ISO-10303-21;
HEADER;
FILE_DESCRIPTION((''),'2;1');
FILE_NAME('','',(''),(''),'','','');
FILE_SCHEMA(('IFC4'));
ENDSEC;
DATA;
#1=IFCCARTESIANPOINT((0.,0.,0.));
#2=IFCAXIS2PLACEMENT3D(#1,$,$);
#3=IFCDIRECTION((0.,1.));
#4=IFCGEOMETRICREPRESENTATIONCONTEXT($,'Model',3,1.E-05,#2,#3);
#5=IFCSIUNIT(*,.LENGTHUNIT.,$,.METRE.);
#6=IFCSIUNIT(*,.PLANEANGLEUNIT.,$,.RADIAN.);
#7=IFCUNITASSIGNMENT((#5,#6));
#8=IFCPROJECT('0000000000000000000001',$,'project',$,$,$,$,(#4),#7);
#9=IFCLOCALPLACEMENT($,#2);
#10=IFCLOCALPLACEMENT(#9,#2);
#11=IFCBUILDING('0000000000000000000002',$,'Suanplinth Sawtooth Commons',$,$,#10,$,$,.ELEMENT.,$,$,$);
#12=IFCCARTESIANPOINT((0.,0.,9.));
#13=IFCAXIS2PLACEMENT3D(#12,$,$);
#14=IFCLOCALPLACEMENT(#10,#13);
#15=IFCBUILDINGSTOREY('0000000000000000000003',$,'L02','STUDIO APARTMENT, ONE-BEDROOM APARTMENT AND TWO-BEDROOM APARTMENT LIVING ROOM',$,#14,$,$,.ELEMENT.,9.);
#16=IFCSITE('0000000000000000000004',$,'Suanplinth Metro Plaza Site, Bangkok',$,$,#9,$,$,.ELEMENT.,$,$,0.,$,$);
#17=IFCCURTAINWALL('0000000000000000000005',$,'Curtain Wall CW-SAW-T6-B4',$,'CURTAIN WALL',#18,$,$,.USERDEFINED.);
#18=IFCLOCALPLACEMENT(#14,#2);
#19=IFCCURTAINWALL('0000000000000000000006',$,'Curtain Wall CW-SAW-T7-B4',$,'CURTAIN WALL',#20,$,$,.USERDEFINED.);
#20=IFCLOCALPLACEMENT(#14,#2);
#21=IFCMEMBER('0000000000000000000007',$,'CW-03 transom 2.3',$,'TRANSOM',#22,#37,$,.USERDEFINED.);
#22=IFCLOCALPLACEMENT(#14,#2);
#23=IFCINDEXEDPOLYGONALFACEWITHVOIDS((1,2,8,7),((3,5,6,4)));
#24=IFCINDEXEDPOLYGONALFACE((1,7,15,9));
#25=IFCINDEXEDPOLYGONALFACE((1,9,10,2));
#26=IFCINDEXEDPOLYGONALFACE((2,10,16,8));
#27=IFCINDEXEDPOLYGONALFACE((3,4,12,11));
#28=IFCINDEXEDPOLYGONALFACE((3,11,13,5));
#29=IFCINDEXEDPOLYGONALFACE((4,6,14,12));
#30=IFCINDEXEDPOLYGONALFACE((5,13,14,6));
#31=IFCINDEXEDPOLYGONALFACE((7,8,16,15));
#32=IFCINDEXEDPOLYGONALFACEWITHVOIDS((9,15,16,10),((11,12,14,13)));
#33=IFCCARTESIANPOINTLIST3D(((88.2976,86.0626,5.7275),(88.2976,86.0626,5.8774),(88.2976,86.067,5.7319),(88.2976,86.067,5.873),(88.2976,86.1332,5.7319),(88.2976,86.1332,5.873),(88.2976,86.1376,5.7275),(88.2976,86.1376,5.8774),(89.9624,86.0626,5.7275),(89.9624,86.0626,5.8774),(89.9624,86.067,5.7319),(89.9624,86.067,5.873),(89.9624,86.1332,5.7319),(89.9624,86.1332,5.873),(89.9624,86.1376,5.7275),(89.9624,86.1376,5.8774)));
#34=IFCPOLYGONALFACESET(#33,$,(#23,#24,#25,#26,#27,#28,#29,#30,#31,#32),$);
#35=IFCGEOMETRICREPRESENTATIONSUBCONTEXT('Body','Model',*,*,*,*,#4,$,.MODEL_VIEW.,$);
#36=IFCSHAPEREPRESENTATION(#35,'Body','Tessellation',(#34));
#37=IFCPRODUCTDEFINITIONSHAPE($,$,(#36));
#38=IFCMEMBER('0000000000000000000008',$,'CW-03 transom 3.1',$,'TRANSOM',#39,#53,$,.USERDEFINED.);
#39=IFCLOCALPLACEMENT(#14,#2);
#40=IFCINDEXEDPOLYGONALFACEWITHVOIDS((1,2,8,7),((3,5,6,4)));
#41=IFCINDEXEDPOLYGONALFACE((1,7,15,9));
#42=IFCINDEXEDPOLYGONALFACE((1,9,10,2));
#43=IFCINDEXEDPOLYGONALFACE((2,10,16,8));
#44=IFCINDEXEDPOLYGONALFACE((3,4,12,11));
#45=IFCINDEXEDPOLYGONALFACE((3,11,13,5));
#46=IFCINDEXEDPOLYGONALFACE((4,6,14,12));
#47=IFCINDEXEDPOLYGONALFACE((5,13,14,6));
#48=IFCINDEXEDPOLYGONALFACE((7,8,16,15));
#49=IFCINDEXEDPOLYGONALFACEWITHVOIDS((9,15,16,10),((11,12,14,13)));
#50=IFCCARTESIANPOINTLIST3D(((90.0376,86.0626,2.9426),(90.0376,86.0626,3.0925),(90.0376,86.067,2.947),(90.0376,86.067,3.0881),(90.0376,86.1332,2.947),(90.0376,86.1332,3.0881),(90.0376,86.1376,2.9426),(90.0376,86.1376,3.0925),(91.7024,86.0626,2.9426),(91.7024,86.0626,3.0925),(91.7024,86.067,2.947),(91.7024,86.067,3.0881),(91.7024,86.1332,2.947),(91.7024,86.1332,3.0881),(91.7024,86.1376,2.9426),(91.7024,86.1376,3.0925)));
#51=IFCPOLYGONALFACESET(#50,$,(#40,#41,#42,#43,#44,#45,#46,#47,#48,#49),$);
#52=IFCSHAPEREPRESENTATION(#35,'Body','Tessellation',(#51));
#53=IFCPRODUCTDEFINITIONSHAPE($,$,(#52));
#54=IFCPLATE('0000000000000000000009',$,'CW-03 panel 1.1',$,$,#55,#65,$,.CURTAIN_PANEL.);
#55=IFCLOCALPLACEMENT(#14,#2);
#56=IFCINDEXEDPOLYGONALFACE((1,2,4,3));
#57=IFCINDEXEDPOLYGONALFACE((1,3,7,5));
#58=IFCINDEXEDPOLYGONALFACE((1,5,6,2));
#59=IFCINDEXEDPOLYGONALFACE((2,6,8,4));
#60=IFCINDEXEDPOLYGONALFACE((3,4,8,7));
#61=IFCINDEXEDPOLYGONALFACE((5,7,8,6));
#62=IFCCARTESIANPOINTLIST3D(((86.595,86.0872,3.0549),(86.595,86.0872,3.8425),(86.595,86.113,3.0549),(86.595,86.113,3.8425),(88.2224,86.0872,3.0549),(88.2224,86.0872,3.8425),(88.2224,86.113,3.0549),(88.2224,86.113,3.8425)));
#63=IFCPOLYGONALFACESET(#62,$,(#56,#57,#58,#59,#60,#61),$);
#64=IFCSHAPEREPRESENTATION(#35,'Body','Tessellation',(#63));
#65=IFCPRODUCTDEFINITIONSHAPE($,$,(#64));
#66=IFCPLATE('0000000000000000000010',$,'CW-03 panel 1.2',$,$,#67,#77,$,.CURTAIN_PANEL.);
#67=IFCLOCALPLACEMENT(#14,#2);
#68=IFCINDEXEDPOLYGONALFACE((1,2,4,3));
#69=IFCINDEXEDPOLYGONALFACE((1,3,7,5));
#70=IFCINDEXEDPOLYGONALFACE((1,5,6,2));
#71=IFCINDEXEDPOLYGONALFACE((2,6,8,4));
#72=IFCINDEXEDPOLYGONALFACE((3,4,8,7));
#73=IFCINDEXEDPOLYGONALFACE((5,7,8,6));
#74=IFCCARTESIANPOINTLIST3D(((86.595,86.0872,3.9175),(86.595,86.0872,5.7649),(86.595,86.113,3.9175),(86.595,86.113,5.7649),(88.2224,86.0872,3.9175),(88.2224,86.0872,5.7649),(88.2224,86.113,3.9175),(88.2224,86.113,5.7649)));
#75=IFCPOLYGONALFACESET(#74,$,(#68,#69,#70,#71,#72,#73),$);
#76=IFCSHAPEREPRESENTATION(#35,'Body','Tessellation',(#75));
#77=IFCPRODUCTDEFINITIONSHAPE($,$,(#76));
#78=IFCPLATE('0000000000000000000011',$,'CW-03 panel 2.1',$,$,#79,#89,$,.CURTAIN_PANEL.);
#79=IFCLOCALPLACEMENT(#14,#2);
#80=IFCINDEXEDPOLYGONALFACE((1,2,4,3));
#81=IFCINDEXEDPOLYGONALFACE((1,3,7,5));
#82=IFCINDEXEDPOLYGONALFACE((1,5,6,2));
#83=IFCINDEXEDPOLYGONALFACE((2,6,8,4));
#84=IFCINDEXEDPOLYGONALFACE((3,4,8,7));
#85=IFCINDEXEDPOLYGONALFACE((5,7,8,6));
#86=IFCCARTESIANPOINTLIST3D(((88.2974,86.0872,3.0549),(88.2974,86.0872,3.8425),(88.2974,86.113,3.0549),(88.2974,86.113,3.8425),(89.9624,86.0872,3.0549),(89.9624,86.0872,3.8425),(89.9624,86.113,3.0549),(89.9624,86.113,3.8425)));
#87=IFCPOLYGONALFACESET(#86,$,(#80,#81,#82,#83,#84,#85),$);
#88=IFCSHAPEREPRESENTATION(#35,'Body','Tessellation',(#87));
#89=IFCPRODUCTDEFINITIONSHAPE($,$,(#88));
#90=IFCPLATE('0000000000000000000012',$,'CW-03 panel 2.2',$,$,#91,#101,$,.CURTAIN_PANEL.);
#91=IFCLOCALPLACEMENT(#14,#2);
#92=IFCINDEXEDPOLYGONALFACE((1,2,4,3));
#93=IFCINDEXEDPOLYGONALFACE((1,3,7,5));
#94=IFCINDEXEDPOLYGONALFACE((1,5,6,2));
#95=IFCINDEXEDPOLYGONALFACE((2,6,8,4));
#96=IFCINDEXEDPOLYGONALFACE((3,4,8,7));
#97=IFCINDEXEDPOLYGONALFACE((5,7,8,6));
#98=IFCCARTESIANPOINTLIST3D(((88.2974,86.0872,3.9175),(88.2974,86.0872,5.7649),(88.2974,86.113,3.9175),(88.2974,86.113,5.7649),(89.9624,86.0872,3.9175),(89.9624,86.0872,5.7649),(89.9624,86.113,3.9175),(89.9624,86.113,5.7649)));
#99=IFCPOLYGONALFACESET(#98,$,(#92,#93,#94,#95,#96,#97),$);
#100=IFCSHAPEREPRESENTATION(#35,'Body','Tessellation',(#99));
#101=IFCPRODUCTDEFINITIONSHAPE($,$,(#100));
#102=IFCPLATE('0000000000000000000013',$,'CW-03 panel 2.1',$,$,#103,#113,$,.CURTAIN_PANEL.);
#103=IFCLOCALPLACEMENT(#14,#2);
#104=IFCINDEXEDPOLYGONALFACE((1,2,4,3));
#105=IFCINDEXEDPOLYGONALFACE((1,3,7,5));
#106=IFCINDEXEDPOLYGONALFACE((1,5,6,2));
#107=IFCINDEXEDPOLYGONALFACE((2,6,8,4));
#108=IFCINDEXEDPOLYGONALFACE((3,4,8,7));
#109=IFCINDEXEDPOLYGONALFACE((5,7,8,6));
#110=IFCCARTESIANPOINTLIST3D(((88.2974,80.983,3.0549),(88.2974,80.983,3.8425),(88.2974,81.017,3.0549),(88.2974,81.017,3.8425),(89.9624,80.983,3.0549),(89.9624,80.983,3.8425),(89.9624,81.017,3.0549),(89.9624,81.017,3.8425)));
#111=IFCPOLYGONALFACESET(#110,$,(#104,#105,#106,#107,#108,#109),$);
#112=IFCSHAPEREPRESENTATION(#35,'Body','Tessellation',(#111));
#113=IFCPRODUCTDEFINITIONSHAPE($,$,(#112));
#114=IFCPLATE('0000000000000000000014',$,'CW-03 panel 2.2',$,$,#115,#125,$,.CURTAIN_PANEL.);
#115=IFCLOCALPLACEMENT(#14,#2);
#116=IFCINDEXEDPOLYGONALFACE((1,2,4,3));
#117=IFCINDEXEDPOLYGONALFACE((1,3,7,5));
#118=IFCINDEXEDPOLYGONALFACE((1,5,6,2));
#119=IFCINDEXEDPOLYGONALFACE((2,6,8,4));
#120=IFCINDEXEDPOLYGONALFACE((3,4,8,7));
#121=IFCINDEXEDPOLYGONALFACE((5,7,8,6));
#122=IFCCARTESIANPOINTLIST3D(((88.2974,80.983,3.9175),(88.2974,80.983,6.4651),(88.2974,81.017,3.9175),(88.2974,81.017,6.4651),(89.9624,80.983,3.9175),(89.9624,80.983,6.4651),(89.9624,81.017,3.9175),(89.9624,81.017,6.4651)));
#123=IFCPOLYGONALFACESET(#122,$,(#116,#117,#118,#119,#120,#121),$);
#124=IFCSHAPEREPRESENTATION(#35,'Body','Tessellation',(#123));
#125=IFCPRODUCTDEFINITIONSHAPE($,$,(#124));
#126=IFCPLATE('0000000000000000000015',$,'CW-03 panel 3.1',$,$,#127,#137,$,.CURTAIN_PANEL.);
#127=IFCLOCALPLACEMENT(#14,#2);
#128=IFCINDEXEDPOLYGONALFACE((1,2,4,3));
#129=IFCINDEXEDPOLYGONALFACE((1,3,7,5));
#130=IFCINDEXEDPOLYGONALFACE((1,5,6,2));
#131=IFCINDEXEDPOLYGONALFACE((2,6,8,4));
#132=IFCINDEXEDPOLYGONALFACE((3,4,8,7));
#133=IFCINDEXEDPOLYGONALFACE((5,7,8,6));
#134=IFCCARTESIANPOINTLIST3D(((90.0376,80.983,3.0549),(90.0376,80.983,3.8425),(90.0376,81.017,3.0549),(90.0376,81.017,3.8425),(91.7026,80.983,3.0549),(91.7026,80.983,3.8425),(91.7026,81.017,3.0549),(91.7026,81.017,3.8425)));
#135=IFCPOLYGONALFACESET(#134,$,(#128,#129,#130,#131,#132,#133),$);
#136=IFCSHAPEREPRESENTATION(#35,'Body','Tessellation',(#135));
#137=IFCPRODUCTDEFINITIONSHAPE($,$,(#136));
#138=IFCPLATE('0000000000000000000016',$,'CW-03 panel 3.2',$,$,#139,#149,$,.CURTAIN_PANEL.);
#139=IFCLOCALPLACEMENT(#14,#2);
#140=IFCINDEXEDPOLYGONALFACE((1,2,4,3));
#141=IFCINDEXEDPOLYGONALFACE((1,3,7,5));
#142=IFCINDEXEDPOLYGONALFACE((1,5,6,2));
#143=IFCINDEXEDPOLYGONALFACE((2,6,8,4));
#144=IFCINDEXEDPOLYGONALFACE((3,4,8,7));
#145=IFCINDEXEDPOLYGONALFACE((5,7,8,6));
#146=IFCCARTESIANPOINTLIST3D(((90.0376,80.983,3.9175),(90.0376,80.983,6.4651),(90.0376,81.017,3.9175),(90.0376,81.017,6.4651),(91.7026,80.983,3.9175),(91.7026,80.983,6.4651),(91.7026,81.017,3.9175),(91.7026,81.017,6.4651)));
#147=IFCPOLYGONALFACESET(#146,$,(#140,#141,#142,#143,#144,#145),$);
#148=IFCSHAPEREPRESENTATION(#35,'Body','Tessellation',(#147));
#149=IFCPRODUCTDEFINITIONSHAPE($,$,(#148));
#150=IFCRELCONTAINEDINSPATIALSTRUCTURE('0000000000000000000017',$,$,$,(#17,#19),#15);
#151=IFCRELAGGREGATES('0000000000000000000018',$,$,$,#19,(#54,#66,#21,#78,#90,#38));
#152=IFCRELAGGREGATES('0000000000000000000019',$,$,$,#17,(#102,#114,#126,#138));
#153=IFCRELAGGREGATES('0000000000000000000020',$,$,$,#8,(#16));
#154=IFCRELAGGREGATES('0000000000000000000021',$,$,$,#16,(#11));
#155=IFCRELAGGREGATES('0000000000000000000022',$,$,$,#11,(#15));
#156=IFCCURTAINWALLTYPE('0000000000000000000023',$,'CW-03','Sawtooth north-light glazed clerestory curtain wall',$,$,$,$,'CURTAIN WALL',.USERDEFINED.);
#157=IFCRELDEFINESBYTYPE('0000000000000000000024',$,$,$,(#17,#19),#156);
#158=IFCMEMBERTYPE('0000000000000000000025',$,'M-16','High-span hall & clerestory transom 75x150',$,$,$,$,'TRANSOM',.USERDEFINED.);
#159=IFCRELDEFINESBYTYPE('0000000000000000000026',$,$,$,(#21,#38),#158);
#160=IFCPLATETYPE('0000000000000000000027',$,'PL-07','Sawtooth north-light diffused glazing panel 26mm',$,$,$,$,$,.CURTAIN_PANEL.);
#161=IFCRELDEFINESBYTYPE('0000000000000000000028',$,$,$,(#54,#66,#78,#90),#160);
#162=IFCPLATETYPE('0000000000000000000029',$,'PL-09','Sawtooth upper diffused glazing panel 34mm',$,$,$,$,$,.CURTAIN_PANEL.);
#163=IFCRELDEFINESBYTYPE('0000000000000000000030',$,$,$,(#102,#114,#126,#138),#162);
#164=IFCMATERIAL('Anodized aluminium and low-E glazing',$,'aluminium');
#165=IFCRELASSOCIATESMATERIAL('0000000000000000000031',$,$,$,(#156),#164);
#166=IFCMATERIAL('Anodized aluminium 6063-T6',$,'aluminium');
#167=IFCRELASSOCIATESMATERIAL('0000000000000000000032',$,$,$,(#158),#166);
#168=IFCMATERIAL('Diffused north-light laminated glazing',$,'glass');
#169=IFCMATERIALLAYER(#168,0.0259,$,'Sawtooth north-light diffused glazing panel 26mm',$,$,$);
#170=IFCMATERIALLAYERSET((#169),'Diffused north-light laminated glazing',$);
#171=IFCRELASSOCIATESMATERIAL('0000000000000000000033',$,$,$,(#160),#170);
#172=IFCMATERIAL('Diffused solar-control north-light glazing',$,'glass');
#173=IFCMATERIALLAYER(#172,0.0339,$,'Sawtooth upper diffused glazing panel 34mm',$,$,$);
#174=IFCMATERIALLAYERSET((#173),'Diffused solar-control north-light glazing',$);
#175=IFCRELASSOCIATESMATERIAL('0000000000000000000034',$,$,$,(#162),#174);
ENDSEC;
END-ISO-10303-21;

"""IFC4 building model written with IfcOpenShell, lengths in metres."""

from ifc_helpers import new_model, si_unit, direction, frame, origin, origin_2d, place, context, subcontext, project, spatial, rectangle, hollow_rectangle, extrude, material, layer, layer_set, material_profile, profile_set, type_object, element, aggregate, save


model = new_model("IFC4")

# Units and contexts
model_context = context("Model", 3, precision=1e-05, world=origin(), true_north=direction((0.0, 1.0)))
body_context = subcontext(model_context, "Body", "Model", "MODEL_VIEW")
ifc_project = project(units=[si_unit("LENGTHUNIT", "METRE"), si_unit("PLANEANGLEUNIT", "RADIAN")], contexts=[model_context])

# Site, building, storey
site_placement = place(None, origin())
site = spatial("IfcSite", under=ifc_project, at=site_placement, Name="Suanplinth Metro Plaza Site, Bangkok", CompositionType="ELEMENT", RefElevation=0.0)
building_placement = place(site_placement, origin())
building = spatial("IfcBuilding", under=site, at=building_placement, Name="Suanplinth Sawtooth Commons", CompositionType="ELEMENT")
storey_placement = place(building_placement, frame((0.0, 0.0, 9.0)))
storey = spatial("IfcBuildingStorey", under=building, at=storey_placement, Name="L02", Description="STUDIO APARTMENT, ONE-BEDROOM APARTMENT AND TWO-BEDROOM APARTMENT LIVING ROOM", CompositionType="ELEMENT", Elevation=9.0)

# Curtain walls
ifc_material_1 = material(Name="Anodized aluminium and low-E glazing", Category="aluminium")
curtain_wall_type = type_object("IfcCurtainWallType", Name="CW-03", Description="Sawtooth north-light glazed clerestory curtain wall", ElementType="CURTAIN WALL", PredefinedType="USERDEFINED", material=ifc_material_1)
curtain_wall_1_placement = place(storey_placement, origin())
curtain_wall_1 = element("IfcCurtainWall", 1, at=curtain_wall_1_placement, inside=storey, type_object=curtain_wall_type, Name="Curtain Wall CW-SAW-T6-B4", ObjectType="CURTAIN WALL", PredefinedType="USERDEFINED")
ifc_material_2 = material(Name="Anodized aluminium 6063-T6", Category="aluminium")
curtain_wall_2_placement = place(storey_placement, origin())
curtain_wall_2 = element("IfcCurtainWall", 2, at=curtain_wall_2_placement, inside=storey, type_object=curtain_wall_type, Name="Curtain Wall CW-SAW-T7-B4", ObjectType="CURTAIN WALL", PredefinedType="USERDEFINED")

# Members
ifc_material_profile_1 = material_profile(ifc_material_2, hollow_rectangle(XDim=0.075, YDim=0.1499, WallThickness=0.0044, at=origin_2d()), Name="ALU-TRN 75x150")
ifc_profile_set_1 = profile_set([ifc_material_profile_1], Name="Anodized aluminium 6063-T6")
member_type_1 = type_object("IfcMemberType", Name="M-16", Description="High-span hall & clerestory transom 75x150", ElementType="TRANSOM", PredefinedType="USERDEFINED", material=ifc_profile_set_1)
member_1_placement = place(storey_placement, frame((88.2976, 86.1001, 5.8025), z_axis=(1.0, 0.0, 0.0), x_axis=(0.0, 1.0, 0.0)))
member_1 = element("IfcMember", 3, at=member_1_placement, type_object=member_type_1, Name="CW-03 transom 2.3", ObjectType="TRANSOM", PredefinedType="USERDEFINED", context=body_context, shape_type="SweptSolid", body=[
    extrude(hollow_rectangle(XDim=0.075, YDim=0.1499, WallThickness=0.0044, at=origin_2d()), origin(), (0.0, 0.0, 1.0), 1.6648),
])
member_2_placement = place(storey_placement, frame((90.0376, 86.1001, 3.0176), z_axis=(1.0, 0.0, 0.0), x_axis=(0.0, 1.0, 0.0)))
member_2 = element("IfcMember", 4, at=member_2_placement, type_object=member_type_1, Name="CW-03 transom 3.1", ObjectType="TRANSOM", PredefinedType="USERDEFINED", context=body_context, shape_type="SweptSolid", body=[
    extrude(hollow_rectangle(XDim=0.075, YDim=0.1499, WallThickness=0.0044, at=origin_2d()), origin(), (0.0, 0.0, 1.0), 1.6648),
])

# Plates
ifc_material_3 = material(Name="Diffused north-light laminated glazing", Category="glass")
ifc_layer_1 = layer(ifc_material_3, 0.0259, Name="Sawtooth north-light diffused glazing panel 26mm")
ifc_layer_set_1 = layer_set([ifc_layer_1], Name="Diffused north-light laminated glazing")
plate_type_1 = type_object("IfcPlateType", Name="PL-07", Description="Sawtooth north-light diffused glazing panel 26mm", PredefinedType="CURTAIN_PANEL", material=ifc_layer_set_1)
plate_1_placement = place(storey_placement, frame((87.4087, 86.1001, 3.0549), z_axis=(0.0, 0.0, 1.0), x_axis=(1.0, 0.0, 0.0)))
plate_1 = element("IfcPlate", 5, at=plate_1_placement, type_object=plate_type_1, Name="CW-03 panel 1.1", PredefinedType="CURTAIN_PANEL", context=body_context, shape_type="SweptSolid", body=[
    extrude(rectangle(XDim=1.6274, YDim=0.0259, at=origin_2d()), origin(), (0.0, 0.0, 1.0), 0.7876),
])
plate_2_placement = place(storey_placement, frame((87.4087, 86.1001, 3.9175), z_axis=(0.0, 0.0, 1.0), x_axis=(1.0, 0.0, 0.0)))
plate_2 = element("IfcPlate", 6, at=plate_2_placement, type_object=plate_type_1, Name="CW-03 panel 1.2", PredefinedType="CURTAIN_PANEL", context=body_context, shape_type="SweptSolid", body=[
    extrude(rectangle(XDim=1.6274, YDim=0.0259, at=origin_2d()), origin(), (0.0, 0.0, 1.0), 1.8474),
])
plate_3_placement = place(storey_placement, frame((89.1299, 86.1001, 3.0549), z_axis=(0.0, 0.0, 1.0), x_axis=(1.0, 0.0, 0.0)))
plate_3 = element("IfcPlate", 7, at=plate_3_placement, type_object=plate_type_1, Name="CW-03 panel 2.1", PredefinedType="CURTAIN_PANEL", context=body_context, shape_type="SweptSolid", body=[
    extrude(rectangle(XDim=1.665, YDim=0.0259, at=origin_2d()), origin(), (0.0, 0.0, 1.0), 0.7876),
])
plate_4_placement = place(storey_placement, frame((89.1299, 86.1001, 3.9175), z_axis=(0.0, 0.0, 1.0), x_axis=(1.0, 0.0, 0.0)))
plate_4 = element("IfcPlate", 8, at=plate_4_placement, type_object=plate_type_1, Name="CW-03 panel 2.2", PredefinedType="CURTAIN_PANEL", context=body_context, shape_type="SweptSolid", body=[
    extrude(rectangle(XDim=1.665, YDim=0.0259, at=origin_2d()), origin(), (0.0, 0.0, 1.0), 1.8474),
])
aggregate(curtain_wall_2, [plate_1, plate_2, member_1, plate_3, plate_4, member_2])
ifc_material_4 = material(Name="Diffused solar-control north-light glazing", Category="glass")
ifc_layer_2 = layer(ifc_material_4, 0.0339, Name="Sawtooth upper diffused glazing panel 34mm")
ifc_layer_set_2 = layer_set([ifc_layer_2], Name="Diffused solar-control north-light glazing")
plate_type_2 = type_object("IfcPlateType", Name="PL-09", Description="Sawtooth upper diffused glazing panel 34mm", PredefinedType="CURTAIN_PANEL", material=ifc_layer_set_2)
plate_5_placement = place(storey_placement, frame((89.1299, 81.0, 3.0549), z_axis=(0.0, 0.0, 1.0), x_axis=(1.0, 0.0, 0.0)))
plate_5 = element("IfcPlate", 9, at=plate_5_placement, type_object=plate_type_2, Name="CW-03 panel 2.1", PredefinedType="CURTAIN_PANEL", context=body_context, shape_type="SweptSolid", body=[
    extrude(rectangle(XDim=1.665, YDim=0.0339, at=origin_2d()), origin(), (0.0, 0.0, 1.0), 0.7876),
])
plate_6_placement = place(storey_placement, frame((89.1299, 81.0, 3.9175), z_axis=(0.0, 0.0, 1.0), x_axis=(1.0, 0.0, 0.0)))
plate_6 = element("IfcPlate", 10, at=plate_6_placement, type_object=plate_type_2, Name="CW-03 panel 2.2", PredefinedType="CURTAIN_PANEL", context=body_context, shape_type="SweptSolid", body=[
    extrude(rectangle(XDim=1.665, YDim=0.0339, at=origin_2d()), origin(), (0.0, 0.0, 1.0), 2.5476),
])
plate_7_placement = place(storey_placement, frame((90.8701, 81.0, 3.0549), z_axis=(0.0, 0.0, 1.0), x_axis=(1.0, 0.0, 0.0)))
plate_7 = element("IfcPlate", 11, at=plate_7_placement, type_object=plate_type_2, Name="CW-03 panel 3.1", PredefinedType="CURTAIN_PANEL", context=body_context, shape_type="SweptSolid", body=[
    extrude(rectangle(XDim=1.665, YDim=0.0339, at=origin_2d()), origin(), (0.0, 0.0, 1.0), 0.7876),
])
plate_8_placement = place(storey_placement, frame((90.8701, 81.0, 3.9175), z_axis=(0.0, 0.0, 1.0), x_axis=(1.0, 0.0, 0.0)))
plate_8 = element("IfcPlate", 12, at=plate_8_placement, type_object=plate_type_2, Name="CW-03 panel 3.2", PredefinedType="CURTAIN_PANEL", context=body_context, shape_type="SweptSolid", body=[
    extrude(rectangle(XDim=1.665, YDim=0.0339, at=origin_2d()), origin(), (0.0, 0.0, 1.0), 2.5476),
])
aggregate(curtain_wall_1, [plate_5, plate_6, plate_7, plate_8])

save(model, "model.ifc")
